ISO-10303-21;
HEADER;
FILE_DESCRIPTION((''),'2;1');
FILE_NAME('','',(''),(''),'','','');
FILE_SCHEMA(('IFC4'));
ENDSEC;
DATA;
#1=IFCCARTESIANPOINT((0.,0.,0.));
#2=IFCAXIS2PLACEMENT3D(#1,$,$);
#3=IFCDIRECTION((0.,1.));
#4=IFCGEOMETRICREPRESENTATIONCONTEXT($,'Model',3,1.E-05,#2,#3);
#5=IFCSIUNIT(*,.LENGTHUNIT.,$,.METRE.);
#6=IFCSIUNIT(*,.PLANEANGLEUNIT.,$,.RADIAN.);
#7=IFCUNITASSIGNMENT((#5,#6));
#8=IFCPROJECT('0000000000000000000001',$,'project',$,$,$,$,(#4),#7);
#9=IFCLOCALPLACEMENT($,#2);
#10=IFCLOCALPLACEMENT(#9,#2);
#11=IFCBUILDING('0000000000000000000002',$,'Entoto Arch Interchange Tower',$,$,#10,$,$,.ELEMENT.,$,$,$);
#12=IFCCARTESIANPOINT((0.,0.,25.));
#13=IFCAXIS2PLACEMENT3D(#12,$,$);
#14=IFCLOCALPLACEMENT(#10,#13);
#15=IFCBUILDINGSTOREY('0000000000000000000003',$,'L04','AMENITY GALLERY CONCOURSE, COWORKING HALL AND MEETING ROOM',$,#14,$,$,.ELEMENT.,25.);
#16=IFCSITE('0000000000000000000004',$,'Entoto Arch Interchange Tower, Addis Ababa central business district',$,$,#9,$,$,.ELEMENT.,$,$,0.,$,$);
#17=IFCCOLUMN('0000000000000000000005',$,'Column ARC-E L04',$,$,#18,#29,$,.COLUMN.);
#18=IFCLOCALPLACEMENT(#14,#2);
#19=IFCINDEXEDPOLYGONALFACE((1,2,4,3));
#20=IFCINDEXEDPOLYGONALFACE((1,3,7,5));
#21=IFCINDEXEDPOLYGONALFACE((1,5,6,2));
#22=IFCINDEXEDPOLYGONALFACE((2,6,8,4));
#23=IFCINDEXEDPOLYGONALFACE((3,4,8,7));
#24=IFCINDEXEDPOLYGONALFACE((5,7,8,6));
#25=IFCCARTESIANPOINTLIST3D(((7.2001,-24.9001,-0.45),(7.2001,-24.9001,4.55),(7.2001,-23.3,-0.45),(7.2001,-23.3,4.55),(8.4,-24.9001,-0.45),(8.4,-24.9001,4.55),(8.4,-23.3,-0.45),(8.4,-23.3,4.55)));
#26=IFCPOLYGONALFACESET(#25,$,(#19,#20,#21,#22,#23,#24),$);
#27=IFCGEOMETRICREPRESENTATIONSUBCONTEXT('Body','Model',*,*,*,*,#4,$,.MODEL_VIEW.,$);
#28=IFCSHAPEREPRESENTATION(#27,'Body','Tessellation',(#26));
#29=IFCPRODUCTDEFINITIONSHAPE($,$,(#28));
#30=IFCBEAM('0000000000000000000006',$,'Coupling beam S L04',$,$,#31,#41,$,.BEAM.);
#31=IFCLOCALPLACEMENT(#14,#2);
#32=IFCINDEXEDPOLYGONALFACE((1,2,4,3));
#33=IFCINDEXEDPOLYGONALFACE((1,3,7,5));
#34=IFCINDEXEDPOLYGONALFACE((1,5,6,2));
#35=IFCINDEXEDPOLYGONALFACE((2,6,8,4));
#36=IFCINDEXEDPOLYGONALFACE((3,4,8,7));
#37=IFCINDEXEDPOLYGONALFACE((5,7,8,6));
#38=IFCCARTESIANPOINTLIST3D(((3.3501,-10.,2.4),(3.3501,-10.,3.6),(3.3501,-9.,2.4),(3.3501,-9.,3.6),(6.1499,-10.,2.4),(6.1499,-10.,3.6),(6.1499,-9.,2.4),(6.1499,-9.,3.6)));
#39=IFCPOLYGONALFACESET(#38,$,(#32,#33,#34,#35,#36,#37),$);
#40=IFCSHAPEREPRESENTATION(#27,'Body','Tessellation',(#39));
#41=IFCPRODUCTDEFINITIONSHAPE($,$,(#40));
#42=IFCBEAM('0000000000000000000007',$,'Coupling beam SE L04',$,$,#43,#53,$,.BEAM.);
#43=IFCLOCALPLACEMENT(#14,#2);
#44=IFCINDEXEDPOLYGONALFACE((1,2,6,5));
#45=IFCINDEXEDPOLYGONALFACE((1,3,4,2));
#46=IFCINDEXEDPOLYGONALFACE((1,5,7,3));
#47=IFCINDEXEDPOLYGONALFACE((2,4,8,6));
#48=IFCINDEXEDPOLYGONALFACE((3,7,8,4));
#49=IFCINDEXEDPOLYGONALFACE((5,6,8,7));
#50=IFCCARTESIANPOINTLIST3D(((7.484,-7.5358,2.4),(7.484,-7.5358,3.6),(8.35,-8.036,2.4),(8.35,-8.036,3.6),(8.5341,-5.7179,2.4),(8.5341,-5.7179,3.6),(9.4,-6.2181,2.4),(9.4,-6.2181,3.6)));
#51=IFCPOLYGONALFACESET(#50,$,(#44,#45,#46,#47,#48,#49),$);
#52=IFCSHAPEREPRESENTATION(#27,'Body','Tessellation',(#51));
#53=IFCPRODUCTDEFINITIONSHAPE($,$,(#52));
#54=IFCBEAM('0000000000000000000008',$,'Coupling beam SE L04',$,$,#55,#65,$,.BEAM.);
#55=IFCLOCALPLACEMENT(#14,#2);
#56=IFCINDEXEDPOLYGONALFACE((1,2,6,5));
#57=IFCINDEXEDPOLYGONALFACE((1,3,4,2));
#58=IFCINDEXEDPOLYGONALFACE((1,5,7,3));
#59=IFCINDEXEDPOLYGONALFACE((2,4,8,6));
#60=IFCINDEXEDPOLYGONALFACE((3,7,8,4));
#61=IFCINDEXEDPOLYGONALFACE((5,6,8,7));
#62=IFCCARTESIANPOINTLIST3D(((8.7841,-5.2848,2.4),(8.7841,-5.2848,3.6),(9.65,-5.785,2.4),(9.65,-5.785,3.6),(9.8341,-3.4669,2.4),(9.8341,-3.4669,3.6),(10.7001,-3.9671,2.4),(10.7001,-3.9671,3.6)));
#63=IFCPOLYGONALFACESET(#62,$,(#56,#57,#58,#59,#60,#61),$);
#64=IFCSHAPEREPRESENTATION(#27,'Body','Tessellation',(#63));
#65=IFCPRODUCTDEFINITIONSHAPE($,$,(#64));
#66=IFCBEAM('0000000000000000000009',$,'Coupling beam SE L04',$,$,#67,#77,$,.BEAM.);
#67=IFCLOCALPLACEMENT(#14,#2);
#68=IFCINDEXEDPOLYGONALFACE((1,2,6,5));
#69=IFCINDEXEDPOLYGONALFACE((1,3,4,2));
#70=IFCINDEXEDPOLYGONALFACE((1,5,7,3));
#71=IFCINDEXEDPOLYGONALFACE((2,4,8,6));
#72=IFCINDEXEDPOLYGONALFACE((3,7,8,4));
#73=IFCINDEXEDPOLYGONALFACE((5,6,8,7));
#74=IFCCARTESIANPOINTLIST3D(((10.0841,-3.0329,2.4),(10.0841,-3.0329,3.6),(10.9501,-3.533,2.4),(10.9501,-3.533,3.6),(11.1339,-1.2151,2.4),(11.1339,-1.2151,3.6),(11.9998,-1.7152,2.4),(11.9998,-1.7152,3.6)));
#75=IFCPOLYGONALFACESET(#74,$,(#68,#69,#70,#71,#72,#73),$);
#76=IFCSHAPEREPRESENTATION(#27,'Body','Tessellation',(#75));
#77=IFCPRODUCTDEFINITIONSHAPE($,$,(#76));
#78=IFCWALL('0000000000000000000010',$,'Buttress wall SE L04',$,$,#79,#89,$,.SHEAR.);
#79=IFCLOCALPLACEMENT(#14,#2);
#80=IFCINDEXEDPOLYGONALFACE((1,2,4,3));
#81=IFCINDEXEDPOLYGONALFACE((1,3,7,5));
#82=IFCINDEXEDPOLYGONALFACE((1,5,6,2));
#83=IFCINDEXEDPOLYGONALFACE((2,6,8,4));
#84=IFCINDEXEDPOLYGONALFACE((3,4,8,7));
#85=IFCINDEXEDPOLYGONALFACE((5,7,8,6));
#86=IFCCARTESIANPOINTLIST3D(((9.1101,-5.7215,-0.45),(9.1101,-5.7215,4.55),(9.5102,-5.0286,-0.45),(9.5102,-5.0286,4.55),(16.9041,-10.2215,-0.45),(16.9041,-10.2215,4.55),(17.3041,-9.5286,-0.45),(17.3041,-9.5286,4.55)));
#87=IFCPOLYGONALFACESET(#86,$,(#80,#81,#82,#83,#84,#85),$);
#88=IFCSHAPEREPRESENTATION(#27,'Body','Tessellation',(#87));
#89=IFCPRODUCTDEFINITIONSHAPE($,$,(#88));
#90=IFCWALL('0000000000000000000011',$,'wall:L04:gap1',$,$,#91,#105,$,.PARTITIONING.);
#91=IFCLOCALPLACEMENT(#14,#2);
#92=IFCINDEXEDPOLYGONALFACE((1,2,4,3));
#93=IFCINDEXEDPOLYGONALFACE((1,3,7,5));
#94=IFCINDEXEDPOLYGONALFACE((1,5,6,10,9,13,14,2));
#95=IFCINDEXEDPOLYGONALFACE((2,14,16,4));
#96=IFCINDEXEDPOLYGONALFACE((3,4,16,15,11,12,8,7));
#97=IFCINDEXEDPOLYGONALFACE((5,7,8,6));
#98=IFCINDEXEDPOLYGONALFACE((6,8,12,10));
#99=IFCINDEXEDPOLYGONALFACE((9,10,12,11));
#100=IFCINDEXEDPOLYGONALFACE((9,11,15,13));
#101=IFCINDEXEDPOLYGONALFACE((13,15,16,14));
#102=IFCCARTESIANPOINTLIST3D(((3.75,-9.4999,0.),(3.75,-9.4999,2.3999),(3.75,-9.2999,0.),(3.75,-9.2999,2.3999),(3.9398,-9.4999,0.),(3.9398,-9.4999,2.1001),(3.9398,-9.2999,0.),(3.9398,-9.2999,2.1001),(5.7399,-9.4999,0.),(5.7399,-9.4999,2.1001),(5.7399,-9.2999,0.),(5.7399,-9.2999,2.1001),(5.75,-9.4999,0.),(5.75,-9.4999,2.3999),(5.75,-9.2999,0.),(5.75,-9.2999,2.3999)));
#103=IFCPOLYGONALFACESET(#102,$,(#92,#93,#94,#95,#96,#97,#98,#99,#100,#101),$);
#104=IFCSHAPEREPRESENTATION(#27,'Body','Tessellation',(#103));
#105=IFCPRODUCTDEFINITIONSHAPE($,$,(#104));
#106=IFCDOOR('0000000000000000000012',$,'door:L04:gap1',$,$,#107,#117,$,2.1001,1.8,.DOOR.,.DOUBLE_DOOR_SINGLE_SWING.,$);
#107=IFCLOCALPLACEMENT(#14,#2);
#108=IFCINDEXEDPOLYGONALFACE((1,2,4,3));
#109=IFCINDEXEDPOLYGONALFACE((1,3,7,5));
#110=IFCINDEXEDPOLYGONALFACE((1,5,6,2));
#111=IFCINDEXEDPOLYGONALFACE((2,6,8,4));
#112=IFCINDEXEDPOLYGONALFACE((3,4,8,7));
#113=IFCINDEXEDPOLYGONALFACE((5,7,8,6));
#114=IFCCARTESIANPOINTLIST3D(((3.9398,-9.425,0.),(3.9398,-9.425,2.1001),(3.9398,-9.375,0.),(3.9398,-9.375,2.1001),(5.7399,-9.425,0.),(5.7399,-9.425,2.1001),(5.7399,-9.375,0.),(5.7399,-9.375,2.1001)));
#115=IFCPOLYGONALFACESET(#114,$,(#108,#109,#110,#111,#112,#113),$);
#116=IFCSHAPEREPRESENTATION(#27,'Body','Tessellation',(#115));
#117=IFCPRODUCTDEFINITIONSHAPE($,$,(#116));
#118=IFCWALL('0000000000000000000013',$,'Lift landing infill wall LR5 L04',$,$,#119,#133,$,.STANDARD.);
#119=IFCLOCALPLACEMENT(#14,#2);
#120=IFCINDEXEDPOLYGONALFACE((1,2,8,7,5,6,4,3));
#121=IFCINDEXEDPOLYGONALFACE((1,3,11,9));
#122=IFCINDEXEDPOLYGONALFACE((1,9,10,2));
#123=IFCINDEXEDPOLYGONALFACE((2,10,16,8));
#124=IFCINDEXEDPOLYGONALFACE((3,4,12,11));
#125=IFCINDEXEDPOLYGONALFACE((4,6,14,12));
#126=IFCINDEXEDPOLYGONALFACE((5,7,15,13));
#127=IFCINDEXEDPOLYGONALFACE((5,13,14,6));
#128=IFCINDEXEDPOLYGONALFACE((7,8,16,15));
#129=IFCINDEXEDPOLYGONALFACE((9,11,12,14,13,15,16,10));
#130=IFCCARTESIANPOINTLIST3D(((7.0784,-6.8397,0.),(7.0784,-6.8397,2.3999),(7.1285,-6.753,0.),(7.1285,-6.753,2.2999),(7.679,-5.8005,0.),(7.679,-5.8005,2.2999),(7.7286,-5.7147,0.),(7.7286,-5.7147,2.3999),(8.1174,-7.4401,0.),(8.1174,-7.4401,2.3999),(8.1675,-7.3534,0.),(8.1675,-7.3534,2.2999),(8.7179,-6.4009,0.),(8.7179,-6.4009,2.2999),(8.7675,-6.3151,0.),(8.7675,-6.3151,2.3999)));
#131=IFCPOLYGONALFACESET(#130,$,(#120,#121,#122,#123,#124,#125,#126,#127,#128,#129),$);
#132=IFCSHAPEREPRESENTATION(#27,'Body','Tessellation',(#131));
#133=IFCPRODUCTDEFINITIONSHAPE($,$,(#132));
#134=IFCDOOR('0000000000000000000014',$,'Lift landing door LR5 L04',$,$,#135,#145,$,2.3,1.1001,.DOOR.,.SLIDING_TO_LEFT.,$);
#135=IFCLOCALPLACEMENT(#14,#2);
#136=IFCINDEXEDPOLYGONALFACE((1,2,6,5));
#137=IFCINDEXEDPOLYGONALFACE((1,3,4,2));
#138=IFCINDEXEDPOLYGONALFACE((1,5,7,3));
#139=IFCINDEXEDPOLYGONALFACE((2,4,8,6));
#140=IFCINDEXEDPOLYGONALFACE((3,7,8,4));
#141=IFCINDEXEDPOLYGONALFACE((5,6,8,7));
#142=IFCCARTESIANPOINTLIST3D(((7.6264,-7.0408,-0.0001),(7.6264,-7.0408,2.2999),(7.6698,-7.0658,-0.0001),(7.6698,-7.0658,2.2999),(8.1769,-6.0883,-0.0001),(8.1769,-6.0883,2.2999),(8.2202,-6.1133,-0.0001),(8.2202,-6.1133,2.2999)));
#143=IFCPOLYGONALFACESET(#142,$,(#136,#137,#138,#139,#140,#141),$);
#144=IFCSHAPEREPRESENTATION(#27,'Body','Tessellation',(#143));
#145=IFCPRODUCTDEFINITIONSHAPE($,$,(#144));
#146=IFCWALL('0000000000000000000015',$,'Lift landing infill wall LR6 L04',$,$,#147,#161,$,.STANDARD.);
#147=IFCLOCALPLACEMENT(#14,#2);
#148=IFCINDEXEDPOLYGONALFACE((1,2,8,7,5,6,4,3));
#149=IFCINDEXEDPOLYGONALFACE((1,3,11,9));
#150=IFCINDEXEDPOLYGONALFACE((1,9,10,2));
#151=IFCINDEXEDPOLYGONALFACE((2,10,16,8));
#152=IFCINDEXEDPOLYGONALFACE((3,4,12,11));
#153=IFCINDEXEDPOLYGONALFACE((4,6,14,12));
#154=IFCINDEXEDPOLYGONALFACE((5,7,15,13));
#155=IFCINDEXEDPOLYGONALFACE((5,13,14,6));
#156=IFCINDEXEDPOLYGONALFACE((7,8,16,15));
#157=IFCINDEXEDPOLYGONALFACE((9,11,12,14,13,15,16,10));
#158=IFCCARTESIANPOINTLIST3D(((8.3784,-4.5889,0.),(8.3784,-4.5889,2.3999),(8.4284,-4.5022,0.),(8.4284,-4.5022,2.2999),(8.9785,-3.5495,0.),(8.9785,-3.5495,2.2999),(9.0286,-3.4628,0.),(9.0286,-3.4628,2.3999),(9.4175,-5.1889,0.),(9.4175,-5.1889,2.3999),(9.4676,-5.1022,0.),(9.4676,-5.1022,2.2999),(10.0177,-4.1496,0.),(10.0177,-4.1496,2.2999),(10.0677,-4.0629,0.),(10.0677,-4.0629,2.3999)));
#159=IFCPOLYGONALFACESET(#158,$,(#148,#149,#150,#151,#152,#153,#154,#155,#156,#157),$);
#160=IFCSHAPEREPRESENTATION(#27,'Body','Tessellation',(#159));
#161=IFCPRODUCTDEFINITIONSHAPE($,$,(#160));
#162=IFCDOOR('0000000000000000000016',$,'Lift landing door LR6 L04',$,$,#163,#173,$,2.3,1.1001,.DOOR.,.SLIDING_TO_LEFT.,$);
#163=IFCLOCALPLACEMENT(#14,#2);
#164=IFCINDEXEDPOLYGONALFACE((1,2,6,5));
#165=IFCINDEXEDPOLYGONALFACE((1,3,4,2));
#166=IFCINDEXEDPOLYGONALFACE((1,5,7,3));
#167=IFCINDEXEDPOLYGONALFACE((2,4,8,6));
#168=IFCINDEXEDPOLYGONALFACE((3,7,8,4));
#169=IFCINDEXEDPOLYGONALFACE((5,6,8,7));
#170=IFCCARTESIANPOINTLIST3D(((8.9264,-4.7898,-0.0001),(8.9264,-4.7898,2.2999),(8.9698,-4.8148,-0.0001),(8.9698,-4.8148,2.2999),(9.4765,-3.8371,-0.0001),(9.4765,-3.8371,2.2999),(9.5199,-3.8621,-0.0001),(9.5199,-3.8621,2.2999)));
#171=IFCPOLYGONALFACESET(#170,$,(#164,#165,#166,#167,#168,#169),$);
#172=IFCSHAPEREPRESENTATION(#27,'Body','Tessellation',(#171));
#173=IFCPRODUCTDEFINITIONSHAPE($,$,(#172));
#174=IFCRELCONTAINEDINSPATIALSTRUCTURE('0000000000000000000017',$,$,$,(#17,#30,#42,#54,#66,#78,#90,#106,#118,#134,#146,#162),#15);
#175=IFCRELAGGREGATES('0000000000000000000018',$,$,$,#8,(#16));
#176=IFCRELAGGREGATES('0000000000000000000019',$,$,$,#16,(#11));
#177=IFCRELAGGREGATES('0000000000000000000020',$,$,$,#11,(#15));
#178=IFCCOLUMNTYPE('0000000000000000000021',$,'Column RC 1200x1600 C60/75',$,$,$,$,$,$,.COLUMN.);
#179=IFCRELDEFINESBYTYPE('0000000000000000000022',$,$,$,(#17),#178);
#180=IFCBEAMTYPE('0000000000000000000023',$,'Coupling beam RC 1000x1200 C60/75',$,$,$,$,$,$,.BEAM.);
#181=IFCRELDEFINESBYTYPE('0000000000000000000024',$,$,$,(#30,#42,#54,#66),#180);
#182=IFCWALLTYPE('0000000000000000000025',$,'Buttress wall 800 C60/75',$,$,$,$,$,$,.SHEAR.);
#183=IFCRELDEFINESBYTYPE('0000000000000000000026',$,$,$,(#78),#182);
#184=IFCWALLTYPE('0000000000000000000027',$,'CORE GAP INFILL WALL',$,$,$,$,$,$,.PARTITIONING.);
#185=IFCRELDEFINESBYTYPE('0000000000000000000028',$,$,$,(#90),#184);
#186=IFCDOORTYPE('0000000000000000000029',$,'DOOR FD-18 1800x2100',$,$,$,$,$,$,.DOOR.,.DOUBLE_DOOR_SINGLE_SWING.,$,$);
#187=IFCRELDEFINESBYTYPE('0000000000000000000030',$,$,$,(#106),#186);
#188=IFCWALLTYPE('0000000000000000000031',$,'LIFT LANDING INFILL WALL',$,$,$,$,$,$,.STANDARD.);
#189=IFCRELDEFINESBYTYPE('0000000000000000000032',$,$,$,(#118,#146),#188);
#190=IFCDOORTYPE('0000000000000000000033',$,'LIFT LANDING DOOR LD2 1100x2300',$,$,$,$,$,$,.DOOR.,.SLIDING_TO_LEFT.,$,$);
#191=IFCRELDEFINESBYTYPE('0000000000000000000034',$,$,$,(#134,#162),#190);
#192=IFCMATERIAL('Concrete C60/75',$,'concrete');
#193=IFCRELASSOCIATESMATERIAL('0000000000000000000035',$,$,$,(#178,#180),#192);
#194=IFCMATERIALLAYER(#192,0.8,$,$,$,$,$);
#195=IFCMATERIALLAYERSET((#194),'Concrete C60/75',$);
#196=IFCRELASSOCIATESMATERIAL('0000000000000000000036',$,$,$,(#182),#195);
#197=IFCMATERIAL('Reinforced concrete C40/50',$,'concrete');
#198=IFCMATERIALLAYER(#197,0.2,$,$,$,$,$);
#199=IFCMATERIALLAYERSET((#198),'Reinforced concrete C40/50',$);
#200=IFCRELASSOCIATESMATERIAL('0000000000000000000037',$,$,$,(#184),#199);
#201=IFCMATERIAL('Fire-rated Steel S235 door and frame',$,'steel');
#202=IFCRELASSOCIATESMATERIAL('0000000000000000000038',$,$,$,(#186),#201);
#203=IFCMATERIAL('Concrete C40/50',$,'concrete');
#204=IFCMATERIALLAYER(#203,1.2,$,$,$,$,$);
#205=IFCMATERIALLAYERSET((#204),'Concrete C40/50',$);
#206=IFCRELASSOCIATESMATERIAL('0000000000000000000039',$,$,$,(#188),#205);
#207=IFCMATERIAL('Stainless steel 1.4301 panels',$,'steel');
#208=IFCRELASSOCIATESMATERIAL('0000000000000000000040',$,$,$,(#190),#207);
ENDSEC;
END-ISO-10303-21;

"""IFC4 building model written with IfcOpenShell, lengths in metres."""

from ifc_helpers import new_model, si_unit, direction, frame, frame_2d, origin, origin_2d, place, context, subcontext, project, spatial, rectangle, extrude, material, layer, layer_set, material_profile, profile_set, type_object, element, fill, save


model = new_model("IFC4")

# Units and contexts
model_context = context("Model", 3, precision=1e-05, world=origin(), true_north=direction((0.0, 1.0)))
body_context = subcontext(model_context, "Body", "Model", "MODEL_VIEW")
ifc_project = project(units=[si_unit("LENGTHUNIT", "METRE"), si_unit("PLANEANGLEUNIT", "RADIAN")], contexts=[model_context])

# Site, building, storey
site_placement = place(None, origin())
site = spatial("IfcSite", under=ifc_project, at=site_placement, Name="Entoto Arch Interchange Tower, Addis Ababa central business district", CompositionType="ELEMENT", RefElevation=0.0)
building_placement = place(site_placement, origin())
building = spatial("IfcBuilding", under=site, at=building_placement, Name="Entoto Arch Interchange Tower", CompositionType="ELEMENT")
storey_placement = place(building_placement, frame((0.0, 0.0, 25.0)))
storey = spatial("IfcBuildingStorey", under=building, at=storey_placement, Name="L04", Description="AMENITY GALLERY CONCOURSE, COWORKING HALL AND MEETING ROOM", CompositionType="ELEMENT", Elevation=25.0)

# Column
ifc_material_1 = material(Name="Concrete C60/75", Category="concrete")
ifc_material_profile_1 = material_profile(ifc_material_1, rectangle(XDim=1.2, YDim=1.6001, at=origin_2d()))
ifc_profile_set_1 = profile_set([ifc_material_profile_1], Name="Concrete C60/75")
column_type = type_object("IfcColumnType", Name="Column RC 1200x1600 C60/75", PredefinedType="COLUMN", material=ifc_profile_set_1)
column_placement = place(storey_placement, frame((7.8, -24.1001, -0.45), z_axis=(0.0, 0.0, 1.0), x_axis=(1.0, 0.0, 0.0)))
element("IfcColumn", 1, at=column_placement, inside=storey, type_object=column_type, Name="Column ARC-E L04", PredefinedType="COLUMN", context=body_context, shape_type="SweptSolid", body=[
    extrude(rectangle(XDim=1.2, YDim=1.6001, at=origin_2d()), origin(), (0.0, 0.0, 1.0), 5.0),
])

# Beams
ifc_material_profile_2 = material_profile(ifc_material_1, rectangle(XDim=1.0, YDim=1.2, at=origin_2d()))
ifc_profile_set_2 = profile_set([ifc_material_profile_2], Name="Concrete C60/75")
beam_type = type_object("IfcBeamType", Name="Coupling beam RC 1000x1200 C60/75", PredefinedType="BEAM", material=ifc_profile_set_2)
beam_1_placement = place(storey_placement, frame((3.3501, -9.5, 3.0), z_axis=(1.0, 0.0, 0.0), x_axis=(0.0, 1.0, 0.0)))
element("IfcBeam", 2, at=beam_1_placement, inside=storey, type_object=beam_type, Name="Coupling beam S L04", PredefinedType="BEAM", context=body_context, shape_type="SweptSolid", body=[
    extrude(rectangle(XDim=1.0, YDim=1.2, at=origin_2d()), origin(), (0.0, 0.0, 1.0), 2.7998),
])
for number, where, z_axis, x_axis, name in (
    (3, (7.917, -7.7859, 3.0), (0.500179, 0.865922, 0.0), (-0.865922, 0.500179, 0.0), "Coupling beam SE L04"),
    (4, (9.217, -5.5349, 3.0), (0.500179, 0.865922, 0.0), (-0.865922, 0.500179, 0.0), "Coupling beam SE L04"),
):
    element("IfcBeam", number, at=place(storey_placement, frame(where, z_axis=z_axis, x_axis=x_axis)), inside=storey, type_object=beam_type, Name=name, PredefinedType="BEAM", context=body_context, shape_type="SweptSolid", body=[
        extrude(rectangle(XDim=1.0, YDim=1.2, at=origin_2d()), origin(), (0.0, 0.0, 1.0), 2.0994),
    ])
beam_2_placement = place(storey_placement, frame((10.5171, -3.283, 3.0), z_axis=(0.500092, 0.865973, 0.0), x_axis=(-0.865973, 0.500092, 0.0)))
element("IfcBeam", 5, at=beam_2_placement, inside=storey, type_object=beam_type, Name="Coupling beam SE L04", PredefinedType="BEAM", context=body_context, shape_type="SweptSolid", body=[
    extrude(rectangle(XDim=1.0, YDim=1.2, at=origin_2d()), origin(), (0.0, 0.0, 1.0), 2.0991),
])

# Wall
ifc_layer_1 = layer(ifc_material_1, 0.8)
ifc_layer_set_1 = layer_set([ifc_layer_1], Name="Concrete C60/75")
wall_type_1 = type_object("IfcWallType", Name="Buttress wall 800 C60/75", PredefinedType="SHEAR", material=ifc_layer_set_1)
wall_1_placement = place(storey_placement, frame((9.3101, -5.375, -0.45), z_axis=(0.0, 0.0, 1.0), x_axis=(0.866018, -0.500014, 0.0)))
element("IfcWall", 6, at=wall_1_placement, inside=storey, type_object=wall_type_1, Name="Buttress wall SE L04", PredefinedType="SHEAR", context=body_context, shape_type="SweptSolid", body=[
    extrude(rectangle(XDim=8.9998, YDim=0.8, at=frame_2d((4.5, 0.0))), origin(), (0.0, 0.0, 1.0), 5.0),
])

# Walls, openings, doors
ifc_material_2 = material(Name="Reinforced concrete C40/50", Category="concrete")
ifc_layer_2 = layer(ifc_material_2, 0.2)
ifc_layer_set_2 = layer_set([ifc_layer_2], Name="Reinforced concrete C40/50")
wall_type_2 = type_object("IfcWallType", Name="CORE GAP INFILL WALL", PredefinedType="PARTITIONING", material=ifc_layer_set_2)
wall_2_placement = place(storey_placement, frame((3.75, -9.3999, 0.0), z_axis=(0.0, 0.0, 1.0), x_axis=(1.0, 0.0, 0.0)))
wall_2 = element("IfcWall", 7, at=wall_2_placement, inside=storey, type_object=wall_type_2, Name="wall:L04:gap1", PredefinedType="PARTITIONING", context=body_context, shape_type="SweptSolid", body=[
    extrude(rectangle(XDim=2.0, YDim=0.2, at=frame_2d((1.0, 0.0))), origin(), (0.0, 0.0, 1.0), 2.3999),
])
opening_1_placement = place(wall_2_placement, frame((0.1899, 0.0, 0.0)))
opening_1 = element("IfcOpeningElement", 8, at=opening_1_placement, cuts=wall_2, PredefinedType="OPENING", context=body_context, shape_type="SweptSolid", body=[
    extrude(rectangle(XDim=1.8, YDim=2.1001, at=frame_2d((0.8999, 1.05))), frame((0.0, 0.1099, 0.0), z_axis=(0.0, -1.0, 0.0), x_axis=(1.0, 0.0, 0.0)), (0.0, 0.0, 1.0), 0.22),
])
ifc_material_3 = material(Name="Fire-rated Steel S235 door and frame", Category="steel")
door_type_1 = type_object("IfcDoorType", Name="DOOR FD-18 1800x2100", OperationType="DOUBLE_DOOR_SINGLE_SWING", PredefinedType="DOOR", material=ifc_material_3)
door_1_placement = place(opening_1_placement, origin())
door_1 = element("IfcDoor", 9, at=door_1_placement, inside=storey, type_object=door_type_1, Name="door:L04:gap1", OperationType="DOUBLE_DOOR_SINGLE_SWING", OverallHeight=2.1001, OverallWidth=1.8, PredefinedType="DOOR", context=body_context, shape_type="SweptSolid", body=[
    extrude(rectangle(XDim=1.8, YDim=2.1001, at=frame_2d((0.8999, 1.05))), frame((0.0, 0.0249, 0.0), z_axis=(0.0, -1.0, 0.0), x_axis=(1.0, 0.0, 0.0)), (0.0, 0.0, 1.0), 0.05),
])
fill(opening_1, door_1)
ifc_material_4 = material(Name="Concrete C40/50", Category="concrete")
ifc_layer_3 = layer(ifc_material_4, 1.2)
ifc_layer_set_3 = layer_set([ifc_layer_3], Name="Concrete C40/50")
wall_type_3 = type_object("IfcWallType", Name="LIFT LANDING INFILL WALL", PredefinedType="STANDARD", material=ifc_layer_set_3)
wall_3_placement = place(storey_placement, frame((7.5979, -7.1399, 0.0), z_axis=(0.0, 0.0, 1.0), x_axis=(0.500362, 0.865816, 0.0)))
wall_3 = element("IfcWall", 10, at=wall_3_placement, inside=storey, type_object=wall_type_3, Name="Lift landing infill wall LR5 L04", PredefinedType="STANDARD", context=body_context, shape_type="SweptSolid", body=[
    extrude(rectangle(XDim=1.2993, YDim=1.2, at=frame_2d((0.6497, 0.0))), origin(), (0.0, 0.0, 1.0), 2.3999),
])
opening_2_placement = place(wall_3_placement, frame((0.1001, 0.0, 0.0)))
opening_2 = element("IfcOpeningElement", 11, at=opening_2_placement, cuts=wall_3, PredefinedType="OPENING", context=body_context, shape_type="SweptSolid", body=[
    extrude(rectangle(XDim=1.1001, YDim=2.3, at=frame_2d((0.55, 1.1499))), frame((0.0, 0.6099, 0.0), z_axis=(0.0, -1.0, 0.0), x_axis=(1.0, 0.0, 0.0)), (0.0, 0.0, 1.0), 1.22),
])
ifc_material_5 = material(Name="Stainless steel 1.4301 panels", Category="steel")
door_type_2 = type_object("IfcDoorType", Name="LIFT LANDING DOOR LD2 1100x2300", OperationType="SLIDING_TO_LEFT", PredefinedType="DOOR", material=ifc_material_5)
door_2_placement = place(opening_2_placement, origin())
door_2 = element("IfcDoor", 12, at=door_2_placement, inside=storey, type_object=door_type_2, Name="Lift landing door LR5 L04", OperationType="SLIDING_TO_LEFT", OverallHeight=2.3, OverallWidth=1.1001, PredefinedType="DOOR", context=body_context, shape_type="SweptSolid", body=[
    extrude(rectangle(XDim=1.1001, YDim=2.3, at=frame_2d((0.55, 1.1499))), frame((0.0, 0.0249, 0.0), z_axis=(0.0, -1.0, 0.0), x_axis=(1.0, 0.0, 0.0)), (0.0, 0.0, 1.0), 0.05),
])
fill(opening_2, door_2)
wall_4_placement = place(storey_placement, frame((8.8979, -4.8889, 0.0), z_axis=(0.0, 0.0, 1.0), x_axis=(0.500037, 0.866004, 0.0)))
wall_4 = element("IfcWall", 13, at=wall_4_placement, inside=storey, type_object=wall_type_3, Name="Lift landing infill wall LR6 L04", PredefinedType="STANDARD", context=body_context, shape_type="SweptSolid", body=[
    extrude(rectangle(XDim=1.3003, YDim=1.2, at=frame_2d((0.6501, 0.0))), origin(), (0.0, 0.0, 1.0), 2.3999),
])
opening_3_placement = place(wall_4_placement, frame((0.1001, 0.0, 0.0)))
opening_3 = element("IfcOpeningElement", 14, at=opening_3_placement, cuts=wall_4, PredefinedType="OPENING", context=body_context, shape_type="SweptSolid", body=[
    extrude(rectangle(XDim=1.1001, YDim=2.3, at=frame_2d((0.55, 1.1499))), frame((0.0, 0.6099, 0.0), z_axis=(0.0, -1.0, 0.0), x_axis=(1.0, 0.0, 0.0)), (0.0, 0.0, 1.0), 1.22),
])
door_3_placement = place(opening_3_placement, origin())
door_3 = element("IfcDoor", 15, at=door_3_placement, inside=storey, type_object=door_type_2, Name="Lift landing door LR6 L04", OperationType="SLIDING_TO_LEFT", OverallHeight=2.3, OverallWidth=1.1001, PredefinedType="DOOR", context=body_context, shape_type="SweptSolid", body=[
    extrude(rectangle(XDim=1.1001, YDim=2.3, at=frame_2d((0.55, 1.1499))), frame((0.0, 0.0249, 0.0), z_axis=(0.0, -1.0, 0.0), x_axis=(1.0, 0.0, 0.0)), (0.0, 0.0, 1.0), 0.05),
])
fill(opening_3, door_3)

save(model, "model.ifc")
